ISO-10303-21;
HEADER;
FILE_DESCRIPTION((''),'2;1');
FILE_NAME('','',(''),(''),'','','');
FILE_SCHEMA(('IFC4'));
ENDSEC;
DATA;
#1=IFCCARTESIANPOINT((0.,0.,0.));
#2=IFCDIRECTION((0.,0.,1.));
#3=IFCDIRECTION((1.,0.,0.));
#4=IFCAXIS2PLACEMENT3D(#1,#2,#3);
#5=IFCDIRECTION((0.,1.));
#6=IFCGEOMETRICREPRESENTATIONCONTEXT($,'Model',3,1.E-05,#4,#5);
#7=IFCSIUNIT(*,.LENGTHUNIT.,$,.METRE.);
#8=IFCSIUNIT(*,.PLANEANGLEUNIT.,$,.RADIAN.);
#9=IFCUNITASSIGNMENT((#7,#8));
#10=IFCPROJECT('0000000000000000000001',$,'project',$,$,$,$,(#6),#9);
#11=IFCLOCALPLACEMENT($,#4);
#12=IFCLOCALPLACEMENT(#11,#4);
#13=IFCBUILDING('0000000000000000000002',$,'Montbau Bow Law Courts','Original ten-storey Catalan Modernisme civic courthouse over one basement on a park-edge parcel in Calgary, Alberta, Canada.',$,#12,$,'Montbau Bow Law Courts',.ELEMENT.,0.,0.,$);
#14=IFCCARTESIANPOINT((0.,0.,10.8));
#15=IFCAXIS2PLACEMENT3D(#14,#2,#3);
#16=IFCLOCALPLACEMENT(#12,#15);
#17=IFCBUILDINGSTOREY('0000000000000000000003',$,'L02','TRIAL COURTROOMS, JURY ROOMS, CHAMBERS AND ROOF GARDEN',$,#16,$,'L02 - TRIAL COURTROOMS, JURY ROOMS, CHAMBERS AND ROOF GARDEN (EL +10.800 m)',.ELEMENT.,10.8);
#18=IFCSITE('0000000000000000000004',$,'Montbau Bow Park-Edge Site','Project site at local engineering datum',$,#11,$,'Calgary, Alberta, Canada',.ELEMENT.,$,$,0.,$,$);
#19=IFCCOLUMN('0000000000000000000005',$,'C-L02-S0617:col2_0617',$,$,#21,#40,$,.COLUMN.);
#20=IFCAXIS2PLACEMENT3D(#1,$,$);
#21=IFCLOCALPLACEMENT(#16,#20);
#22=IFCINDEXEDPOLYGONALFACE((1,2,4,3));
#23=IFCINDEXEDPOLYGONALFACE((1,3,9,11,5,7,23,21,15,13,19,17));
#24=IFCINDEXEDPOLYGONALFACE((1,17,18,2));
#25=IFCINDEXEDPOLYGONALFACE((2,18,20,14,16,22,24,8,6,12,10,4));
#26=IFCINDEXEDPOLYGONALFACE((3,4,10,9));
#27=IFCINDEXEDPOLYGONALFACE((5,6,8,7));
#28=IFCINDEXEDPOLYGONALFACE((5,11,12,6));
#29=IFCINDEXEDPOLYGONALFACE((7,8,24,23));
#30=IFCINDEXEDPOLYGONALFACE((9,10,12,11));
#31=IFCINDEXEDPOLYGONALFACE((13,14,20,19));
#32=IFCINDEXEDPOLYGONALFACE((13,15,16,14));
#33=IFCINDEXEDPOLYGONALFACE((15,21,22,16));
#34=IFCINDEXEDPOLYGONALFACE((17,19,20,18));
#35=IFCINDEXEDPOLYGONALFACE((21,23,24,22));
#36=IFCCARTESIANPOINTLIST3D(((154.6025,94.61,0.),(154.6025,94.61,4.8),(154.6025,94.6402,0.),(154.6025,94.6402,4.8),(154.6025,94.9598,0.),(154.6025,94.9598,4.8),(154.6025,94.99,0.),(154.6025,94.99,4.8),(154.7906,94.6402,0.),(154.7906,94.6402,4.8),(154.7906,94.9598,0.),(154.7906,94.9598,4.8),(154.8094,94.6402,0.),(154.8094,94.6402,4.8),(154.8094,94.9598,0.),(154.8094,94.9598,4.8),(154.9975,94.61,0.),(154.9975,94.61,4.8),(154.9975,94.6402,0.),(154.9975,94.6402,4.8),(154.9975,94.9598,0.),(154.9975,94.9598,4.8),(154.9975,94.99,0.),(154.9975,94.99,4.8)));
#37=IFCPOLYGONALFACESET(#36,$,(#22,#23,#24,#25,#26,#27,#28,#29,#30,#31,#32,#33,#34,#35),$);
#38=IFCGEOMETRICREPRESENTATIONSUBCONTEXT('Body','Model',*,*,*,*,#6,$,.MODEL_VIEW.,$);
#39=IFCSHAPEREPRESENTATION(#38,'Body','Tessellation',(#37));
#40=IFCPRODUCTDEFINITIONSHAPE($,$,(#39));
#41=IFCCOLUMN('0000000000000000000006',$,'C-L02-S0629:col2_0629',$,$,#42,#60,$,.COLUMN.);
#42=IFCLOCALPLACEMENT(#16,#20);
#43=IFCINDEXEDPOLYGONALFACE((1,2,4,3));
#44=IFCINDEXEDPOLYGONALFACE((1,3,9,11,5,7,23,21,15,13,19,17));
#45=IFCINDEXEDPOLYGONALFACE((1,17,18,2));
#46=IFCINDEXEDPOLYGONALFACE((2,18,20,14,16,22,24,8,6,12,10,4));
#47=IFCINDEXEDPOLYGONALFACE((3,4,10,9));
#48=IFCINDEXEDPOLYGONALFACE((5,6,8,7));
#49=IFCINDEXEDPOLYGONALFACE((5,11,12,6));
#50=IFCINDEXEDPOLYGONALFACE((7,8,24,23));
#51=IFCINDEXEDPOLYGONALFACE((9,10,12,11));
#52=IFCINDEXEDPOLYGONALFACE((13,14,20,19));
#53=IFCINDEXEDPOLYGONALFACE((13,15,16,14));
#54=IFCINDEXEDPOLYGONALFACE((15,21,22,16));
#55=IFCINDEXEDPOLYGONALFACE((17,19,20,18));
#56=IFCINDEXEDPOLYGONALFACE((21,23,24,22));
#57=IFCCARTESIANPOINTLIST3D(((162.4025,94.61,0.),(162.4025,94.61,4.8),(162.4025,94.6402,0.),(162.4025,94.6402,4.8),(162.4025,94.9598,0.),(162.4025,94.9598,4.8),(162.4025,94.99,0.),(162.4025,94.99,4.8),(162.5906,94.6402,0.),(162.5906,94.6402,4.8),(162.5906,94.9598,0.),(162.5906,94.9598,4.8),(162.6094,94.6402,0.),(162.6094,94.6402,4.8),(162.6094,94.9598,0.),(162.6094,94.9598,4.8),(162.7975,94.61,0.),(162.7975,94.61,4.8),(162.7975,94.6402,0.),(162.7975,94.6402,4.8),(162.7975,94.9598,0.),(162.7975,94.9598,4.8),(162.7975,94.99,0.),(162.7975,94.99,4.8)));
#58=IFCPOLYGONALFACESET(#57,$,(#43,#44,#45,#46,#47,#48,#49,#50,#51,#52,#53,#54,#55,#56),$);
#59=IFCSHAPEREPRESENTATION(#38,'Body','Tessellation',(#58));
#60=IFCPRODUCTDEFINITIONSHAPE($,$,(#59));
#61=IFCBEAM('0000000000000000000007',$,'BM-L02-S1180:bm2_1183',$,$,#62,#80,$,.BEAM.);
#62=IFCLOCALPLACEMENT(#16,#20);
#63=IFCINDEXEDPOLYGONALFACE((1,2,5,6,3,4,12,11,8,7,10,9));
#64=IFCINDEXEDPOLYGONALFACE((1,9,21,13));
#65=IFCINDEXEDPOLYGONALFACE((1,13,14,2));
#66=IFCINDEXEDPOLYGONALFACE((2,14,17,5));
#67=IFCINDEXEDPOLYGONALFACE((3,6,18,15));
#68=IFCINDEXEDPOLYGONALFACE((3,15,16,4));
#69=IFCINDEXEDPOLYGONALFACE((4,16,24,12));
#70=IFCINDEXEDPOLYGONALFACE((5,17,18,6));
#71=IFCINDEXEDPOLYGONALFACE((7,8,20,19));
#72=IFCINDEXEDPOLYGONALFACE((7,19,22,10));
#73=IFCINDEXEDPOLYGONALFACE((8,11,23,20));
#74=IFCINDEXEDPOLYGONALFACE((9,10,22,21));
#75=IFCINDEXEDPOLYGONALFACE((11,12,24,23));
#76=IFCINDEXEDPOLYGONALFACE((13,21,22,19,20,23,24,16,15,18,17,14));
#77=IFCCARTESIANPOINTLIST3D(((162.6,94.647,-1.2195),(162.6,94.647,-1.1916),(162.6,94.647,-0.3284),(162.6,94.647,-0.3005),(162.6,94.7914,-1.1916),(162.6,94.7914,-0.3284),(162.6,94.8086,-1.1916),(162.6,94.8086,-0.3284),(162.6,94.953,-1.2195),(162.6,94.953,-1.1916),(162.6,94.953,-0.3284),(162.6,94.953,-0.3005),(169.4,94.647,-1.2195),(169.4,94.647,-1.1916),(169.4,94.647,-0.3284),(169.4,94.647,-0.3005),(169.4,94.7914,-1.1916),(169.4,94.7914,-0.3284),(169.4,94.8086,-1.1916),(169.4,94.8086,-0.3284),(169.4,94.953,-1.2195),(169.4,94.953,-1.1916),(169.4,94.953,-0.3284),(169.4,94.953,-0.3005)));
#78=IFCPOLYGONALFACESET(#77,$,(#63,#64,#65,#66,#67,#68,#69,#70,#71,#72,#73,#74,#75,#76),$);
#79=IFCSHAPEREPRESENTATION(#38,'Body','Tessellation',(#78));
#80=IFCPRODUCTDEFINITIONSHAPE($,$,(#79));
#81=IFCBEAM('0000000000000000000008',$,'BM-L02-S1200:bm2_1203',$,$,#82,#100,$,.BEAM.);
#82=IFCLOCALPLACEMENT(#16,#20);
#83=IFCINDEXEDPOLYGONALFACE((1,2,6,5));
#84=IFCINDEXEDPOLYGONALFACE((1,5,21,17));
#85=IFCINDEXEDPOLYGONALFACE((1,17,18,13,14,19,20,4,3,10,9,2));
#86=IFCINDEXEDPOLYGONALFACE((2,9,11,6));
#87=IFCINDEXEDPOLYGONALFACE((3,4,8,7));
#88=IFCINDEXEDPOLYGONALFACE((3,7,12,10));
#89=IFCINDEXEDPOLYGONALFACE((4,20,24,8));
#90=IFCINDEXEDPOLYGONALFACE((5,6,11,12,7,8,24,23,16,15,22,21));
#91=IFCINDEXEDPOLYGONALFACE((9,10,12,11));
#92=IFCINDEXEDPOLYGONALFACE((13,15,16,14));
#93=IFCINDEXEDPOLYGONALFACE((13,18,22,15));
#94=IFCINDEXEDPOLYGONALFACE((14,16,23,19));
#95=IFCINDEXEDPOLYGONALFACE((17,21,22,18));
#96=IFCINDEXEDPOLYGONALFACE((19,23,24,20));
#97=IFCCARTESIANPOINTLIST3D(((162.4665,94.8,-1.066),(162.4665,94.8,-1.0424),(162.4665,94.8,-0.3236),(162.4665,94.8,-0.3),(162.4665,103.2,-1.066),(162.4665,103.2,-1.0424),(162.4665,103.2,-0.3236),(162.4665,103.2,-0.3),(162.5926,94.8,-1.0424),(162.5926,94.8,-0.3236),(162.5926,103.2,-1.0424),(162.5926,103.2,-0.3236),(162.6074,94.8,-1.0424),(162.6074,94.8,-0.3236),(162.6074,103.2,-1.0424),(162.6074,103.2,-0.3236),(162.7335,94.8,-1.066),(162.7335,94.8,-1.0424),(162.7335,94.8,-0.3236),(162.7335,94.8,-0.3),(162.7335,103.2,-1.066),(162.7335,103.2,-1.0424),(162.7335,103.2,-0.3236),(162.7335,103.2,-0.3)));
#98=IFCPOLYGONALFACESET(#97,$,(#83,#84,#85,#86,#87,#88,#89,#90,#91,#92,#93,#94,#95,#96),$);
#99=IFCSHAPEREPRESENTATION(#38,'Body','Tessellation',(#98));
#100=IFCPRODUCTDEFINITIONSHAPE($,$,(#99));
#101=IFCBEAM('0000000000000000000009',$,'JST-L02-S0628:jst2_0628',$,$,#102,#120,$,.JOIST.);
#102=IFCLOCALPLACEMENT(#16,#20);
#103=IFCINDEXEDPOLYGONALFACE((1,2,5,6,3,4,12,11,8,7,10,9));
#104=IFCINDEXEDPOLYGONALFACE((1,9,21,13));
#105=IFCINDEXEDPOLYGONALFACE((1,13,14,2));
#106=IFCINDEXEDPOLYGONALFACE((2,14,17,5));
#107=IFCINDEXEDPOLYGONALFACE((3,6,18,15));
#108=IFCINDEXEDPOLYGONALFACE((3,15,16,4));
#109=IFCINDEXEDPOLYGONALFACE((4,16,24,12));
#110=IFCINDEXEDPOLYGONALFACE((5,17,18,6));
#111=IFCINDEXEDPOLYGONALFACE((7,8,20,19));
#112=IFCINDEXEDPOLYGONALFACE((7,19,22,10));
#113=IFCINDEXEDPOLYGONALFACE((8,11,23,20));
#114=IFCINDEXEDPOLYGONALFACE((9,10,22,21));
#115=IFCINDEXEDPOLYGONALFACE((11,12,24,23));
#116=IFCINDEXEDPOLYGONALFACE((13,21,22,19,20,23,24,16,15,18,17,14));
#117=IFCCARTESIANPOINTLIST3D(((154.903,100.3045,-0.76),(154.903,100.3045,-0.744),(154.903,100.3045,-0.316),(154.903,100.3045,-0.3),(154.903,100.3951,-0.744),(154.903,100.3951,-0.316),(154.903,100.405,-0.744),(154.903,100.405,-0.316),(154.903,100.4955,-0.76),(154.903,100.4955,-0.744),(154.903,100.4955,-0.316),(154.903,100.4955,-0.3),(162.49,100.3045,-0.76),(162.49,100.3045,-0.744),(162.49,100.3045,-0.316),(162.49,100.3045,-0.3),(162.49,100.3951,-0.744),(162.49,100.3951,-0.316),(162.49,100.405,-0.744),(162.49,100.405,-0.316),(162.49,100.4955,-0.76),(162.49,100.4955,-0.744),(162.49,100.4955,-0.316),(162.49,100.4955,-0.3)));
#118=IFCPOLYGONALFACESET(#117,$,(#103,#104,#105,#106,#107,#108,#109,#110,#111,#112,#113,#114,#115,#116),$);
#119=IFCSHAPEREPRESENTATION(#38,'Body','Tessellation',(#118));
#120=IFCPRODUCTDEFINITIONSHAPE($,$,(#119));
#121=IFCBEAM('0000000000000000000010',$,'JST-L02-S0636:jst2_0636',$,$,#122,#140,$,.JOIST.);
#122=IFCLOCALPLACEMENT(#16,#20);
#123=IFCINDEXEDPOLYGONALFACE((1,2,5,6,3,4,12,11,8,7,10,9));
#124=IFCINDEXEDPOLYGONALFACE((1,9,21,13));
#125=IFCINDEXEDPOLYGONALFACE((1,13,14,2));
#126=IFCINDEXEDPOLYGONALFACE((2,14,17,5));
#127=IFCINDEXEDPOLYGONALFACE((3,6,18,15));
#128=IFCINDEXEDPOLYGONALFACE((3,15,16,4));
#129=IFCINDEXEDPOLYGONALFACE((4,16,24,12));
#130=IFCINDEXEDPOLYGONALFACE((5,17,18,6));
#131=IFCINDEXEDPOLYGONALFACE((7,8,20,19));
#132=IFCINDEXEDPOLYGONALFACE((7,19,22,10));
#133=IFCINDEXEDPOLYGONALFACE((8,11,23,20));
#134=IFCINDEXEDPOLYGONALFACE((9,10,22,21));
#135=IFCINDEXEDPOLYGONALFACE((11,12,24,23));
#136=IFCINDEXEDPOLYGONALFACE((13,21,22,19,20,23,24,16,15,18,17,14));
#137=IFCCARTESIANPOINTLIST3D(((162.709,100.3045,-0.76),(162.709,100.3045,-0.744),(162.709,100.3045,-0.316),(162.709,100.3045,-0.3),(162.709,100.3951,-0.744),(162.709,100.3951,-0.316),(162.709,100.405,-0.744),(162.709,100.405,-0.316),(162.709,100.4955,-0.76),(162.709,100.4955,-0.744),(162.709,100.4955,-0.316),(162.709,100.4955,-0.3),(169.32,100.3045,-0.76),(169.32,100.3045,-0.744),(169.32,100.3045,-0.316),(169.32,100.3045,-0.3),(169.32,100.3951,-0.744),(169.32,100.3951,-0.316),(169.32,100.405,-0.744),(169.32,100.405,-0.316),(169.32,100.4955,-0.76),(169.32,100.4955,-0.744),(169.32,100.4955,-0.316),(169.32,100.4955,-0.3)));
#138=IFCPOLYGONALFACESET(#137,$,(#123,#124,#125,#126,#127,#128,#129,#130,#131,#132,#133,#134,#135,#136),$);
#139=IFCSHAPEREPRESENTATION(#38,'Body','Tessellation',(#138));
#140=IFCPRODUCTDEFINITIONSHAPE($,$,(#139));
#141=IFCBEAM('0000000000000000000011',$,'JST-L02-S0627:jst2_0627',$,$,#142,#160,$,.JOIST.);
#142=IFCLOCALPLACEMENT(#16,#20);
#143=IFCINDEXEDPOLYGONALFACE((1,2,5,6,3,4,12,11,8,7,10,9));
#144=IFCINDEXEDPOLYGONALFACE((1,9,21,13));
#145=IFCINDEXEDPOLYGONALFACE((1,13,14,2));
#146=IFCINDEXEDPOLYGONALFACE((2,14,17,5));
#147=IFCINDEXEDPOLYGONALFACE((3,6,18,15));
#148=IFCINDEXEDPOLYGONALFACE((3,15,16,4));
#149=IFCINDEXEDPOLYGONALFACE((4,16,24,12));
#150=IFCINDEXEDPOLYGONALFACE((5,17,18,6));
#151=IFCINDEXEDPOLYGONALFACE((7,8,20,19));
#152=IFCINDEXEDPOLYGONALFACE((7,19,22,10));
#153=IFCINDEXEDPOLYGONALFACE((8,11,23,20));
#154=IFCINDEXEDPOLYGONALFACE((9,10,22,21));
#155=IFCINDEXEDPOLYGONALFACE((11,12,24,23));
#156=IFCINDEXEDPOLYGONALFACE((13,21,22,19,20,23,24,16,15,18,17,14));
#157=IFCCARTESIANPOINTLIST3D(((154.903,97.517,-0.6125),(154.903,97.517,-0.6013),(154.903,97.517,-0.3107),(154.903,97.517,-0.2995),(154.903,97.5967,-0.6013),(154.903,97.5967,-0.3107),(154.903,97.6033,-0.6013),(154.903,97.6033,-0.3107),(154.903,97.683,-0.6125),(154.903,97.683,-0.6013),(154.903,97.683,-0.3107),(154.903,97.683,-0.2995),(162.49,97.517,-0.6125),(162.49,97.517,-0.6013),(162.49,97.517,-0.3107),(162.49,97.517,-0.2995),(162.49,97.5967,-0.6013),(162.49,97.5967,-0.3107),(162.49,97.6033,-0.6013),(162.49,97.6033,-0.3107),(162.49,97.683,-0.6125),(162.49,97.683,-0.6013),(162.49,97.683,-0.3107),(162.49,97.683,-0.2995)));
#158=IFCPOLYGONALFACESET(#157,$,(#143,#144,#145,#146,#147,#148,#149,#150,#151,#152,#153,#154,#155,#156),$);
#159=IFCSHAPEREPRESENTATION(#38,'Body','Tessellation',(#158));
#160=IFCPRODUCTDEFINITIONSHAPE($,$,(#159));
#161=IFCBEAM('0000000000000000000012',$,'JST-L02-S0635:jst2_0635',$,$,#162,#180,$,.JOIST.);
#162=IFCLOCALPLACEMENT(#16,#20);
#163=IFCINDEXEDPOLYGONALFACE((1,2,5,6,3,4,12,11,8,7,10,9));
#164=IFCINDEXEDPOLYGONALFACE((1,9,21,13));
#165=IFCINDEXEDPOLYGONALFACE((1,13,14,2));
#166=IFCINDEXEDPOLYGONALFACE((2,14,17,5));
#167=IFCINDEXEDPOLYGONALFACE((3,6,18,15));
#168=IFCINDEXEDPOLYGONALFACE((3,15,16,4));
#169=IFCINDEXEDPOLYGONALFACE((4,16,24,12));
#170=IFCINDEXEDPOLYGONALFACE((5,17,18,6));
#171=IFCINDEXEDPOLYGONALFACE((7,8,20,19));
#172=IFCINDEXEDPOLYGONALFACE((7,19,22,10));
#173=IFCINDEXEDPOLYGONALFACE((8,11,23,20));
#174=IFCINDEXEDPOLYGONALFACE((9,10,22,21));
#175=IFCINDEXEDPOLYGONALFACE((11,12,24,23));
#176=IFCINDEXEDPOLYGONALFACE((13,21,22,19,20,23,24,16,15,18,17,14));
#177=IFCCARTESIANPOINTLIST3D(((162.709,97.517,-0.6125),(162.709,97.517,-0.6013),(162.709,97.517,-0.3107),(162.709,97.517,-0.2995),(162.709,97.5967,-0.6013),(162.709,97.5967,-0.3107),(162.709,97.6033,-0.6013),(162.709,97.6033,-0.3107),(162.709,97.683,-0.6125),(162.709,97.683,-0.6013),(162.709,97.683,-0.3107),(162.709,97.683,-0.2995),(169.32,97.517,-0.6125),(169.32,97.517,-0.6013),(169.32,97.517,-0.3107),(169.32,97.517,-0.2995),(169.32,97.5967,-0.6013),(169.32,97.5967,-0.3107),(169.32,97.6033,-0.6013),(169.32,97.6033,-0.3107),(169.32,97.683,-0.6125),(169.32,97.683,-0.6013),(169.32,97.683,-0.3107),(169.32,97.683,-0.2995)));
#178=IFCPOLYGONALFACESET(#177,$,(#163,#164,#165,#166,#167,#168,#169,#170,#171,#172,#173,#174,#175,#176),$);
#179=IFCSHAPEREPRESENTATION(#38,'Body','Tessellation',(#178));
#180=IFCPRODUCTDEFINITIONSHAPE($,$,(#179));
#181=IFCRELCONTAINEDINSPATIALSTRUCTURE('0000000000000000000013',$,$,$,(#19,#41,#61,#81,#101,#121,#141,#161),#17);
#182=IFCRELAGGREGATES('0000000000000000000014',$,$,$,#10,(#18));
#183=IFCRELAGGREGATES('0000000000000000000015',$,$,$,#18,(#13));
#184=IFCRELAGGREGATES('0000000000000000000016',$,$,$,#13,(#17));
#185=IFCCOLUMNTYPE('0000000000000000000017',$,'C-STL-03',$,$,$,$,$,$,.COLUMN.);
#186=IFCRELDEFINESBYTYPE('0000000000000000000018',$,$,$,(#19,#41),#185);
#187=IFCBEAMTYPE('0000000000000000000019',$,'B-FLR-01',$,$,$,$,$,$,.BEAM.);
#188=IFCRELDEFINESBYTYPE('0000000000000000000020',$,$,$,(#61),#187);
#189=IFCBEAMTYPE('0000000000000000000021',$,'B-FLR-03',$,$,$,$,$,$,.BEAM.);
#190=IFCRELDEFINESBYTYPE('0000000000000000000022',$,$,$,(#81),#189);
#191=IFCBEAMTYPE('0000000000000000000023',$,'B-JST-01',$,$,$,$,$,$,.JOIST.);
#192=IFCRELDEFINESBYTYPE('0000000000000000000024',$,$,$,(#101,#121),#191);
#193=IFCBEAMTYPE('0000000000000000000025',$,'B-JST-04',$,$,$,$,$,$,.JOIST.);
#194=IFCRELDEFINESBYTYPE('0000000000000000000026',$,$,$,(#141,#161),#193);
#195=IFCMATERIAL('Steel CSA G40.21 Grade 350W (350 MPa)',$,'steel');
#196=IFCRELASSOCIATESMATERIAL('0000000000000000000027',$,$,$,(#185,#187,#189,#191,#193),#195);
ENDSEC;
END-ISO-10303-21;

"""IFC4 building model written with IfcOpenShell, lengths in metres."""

from ifc_helpers import new_model, si_unit, direction, frame, origin_with_axes, origin_2d_with_axis, place, context, subcontext, project, spatial, i_section, extrude, material, material_profile, profile_set, type_object, element, save


model = new_model("IFC4")

# Units and contexts
model_context = context("Model", 3, precision=1e-05, world=origin_with_axes(), true_north=direction((0.0, 1.0)))
body_context = subcontext(model_context, "Body", "Model", "MODEL_VIEW")
ifc_project = project(units=[si_unit("LENGTHUNIT", "METRE"), si_unit("PLANEANGLEUNIT", "RADIAN")], contexts=[model_context])

# Site, building, storey
site_placement = place(None, origin_with_axes())
site = spatial("IfcSite", under=ifc_project, at=site_placement, Name="Montbau Bow Park-Edge Site", Description="Project site at local engineering datum", LongName="Calgary, Alberta, Canada", CompositionType="ELEMENT", RefElevation=0.0)
building_placement = place(site_placement, origin_with_axes())
building = spatial("IfcBuilding", under=site, at=building_placement, Name="Montbau Bow Law Courts", Description="Original ten-storey Catalan Modernisme civic courthouse over one basement on a park-edge parcel in Calgary, Alberta, Canada.", LongName="Montbau Bow Law Courts", CompositionType="ELEMENT", ElevationOfRefHeight=0.0, ElevationOfTerrain=0.0)
storey_placement = place(building_placement, frame((0.0, 0.0, 10.8), z_axis=(0.0, 0.0, 1.0), x_axis=(1.0, 0.0, 0.0)))
storey = spatial("IfcBuildingStorey", under=building, at=storey_placement, Name="L02", Description="TRIAL COURTROOMS, JURY ROOMS, CHAMBERS AND ROOF GARDEN", LongName="L02 - TRIAL COURTROOMS, JURY ROOMS, CHAMBERS AND ROOF GARDEN (EL +10.800 m)", CompositionType="ELEMENT", Elevation=10.8)

# Columns
ifc_material_1 = material(Name="Steel CSA G40.21 Grade 350W (350 MPa)", Category="steel")
ifc_material_profile_1 = material_profile(ifc_material_1, i_section(OverallWidth=0.395, OverallDepth=0.38, WebThickness=0.0189, FlangeThickness=0.0302, at=origin_2d_with_axis()), Name="W360X237", Category="Main", Priority=0)
ifc_profile_set_1 = profile_set([ifc_material_profile_1], Name="Steel CSA G40.21 Grade 350W (350 MPa)")
column_type = type_object("IfcColumnType", Name="C-STL-03", PredefinedType="COLUMN", material=ifc_profile_set_1)
for number, where, z_axis, x_axis, name in (
    (1, (154.8, 94.8, 10.8), (0.0, 0.0, 1.0), (1.0, 0.0, 0.0), "C-L02-S0617:col2_0617"),
    (2, (162.6, 94.8, 10.8), (0.0, 0.0, 1.0), (1.0, 0.0, 0.0), "C-L02-S0629:col2_0629"),
):
    element("IfcColumn", number, at=place(None, frame(where, z_axis=z_axis, x_axis=x_axis)), inside=storey, type_object=column_type, Name=name, PredefinedType="COLUMN", context=body_context, shape_type="SweptSolid", body=[
        extrude(i_section(OverallWidth=0.395, OverallDepth=0.38, WebThickness=0.0189, FlangeThickness=0.0302, at=origin_2d_with_axis()), origin_with_axes(), (0.0, 0.0, 1.0), 4.8),
    ])

# Beams
ifc_material_profile_2 = material_profile(ifc_material_1, i_section(OverallWidth=0.306, OverallDepth=0.919, WebThickness=0.0173, FlangeThickness=0.0279, at=origin_2d_with_axis()), Name="W920X253", Category="Main", Priority=0)
ifc_profile_set_2 = profile_set([ifc_material_profile_2], Name="Steel CSA G40.21 Grade 350W (350 MPa)")
beam_type_1 = type_object("IfcBeamType", Name="B-FLR-01", PredefinedType="BEAM", material=ifc_profile_set_2)
beam_1_placement = place(None, frame((162.6, 94.8, 10.04), z_axis=(1.0, 0.0, 0.0), x_axis=(0.0, 1.0, 0.0)))
element("IfcBeam", 3, at=beam_1_placement, inside=storey, type_object=beam_type_1, Name="BM-L02-S1180:bm2_1183", PredefinedType="BEAM", context=body_context, shape_type="SweptSolid", body=[
    extrude(i_section(OverallWidth=0.306, OverallDepth=0.919, WebThickness=0.0173, FlangeThickness=0.0279, at=origin_2d_with_axis()), origin_with_axes(), (0.0, 0.0, 1.0), 6.8),
])
ifc_material_profile_3 = material_profile(ifc_material_1, i_section(OverallWidth=0.267, OverallDepth=0.766, WebThickness=0.0149, FlangeThickness=0.0236, at=origin_2d_with_axis()), Name="W760X185", Category="Main", Priority=0)
ifc_profile_set_3 = profile_set([ifc_material_profile_3], Name="Steel CSA G40.21 Grade 350W (350 MPa)")
beam_type_2 = type_object("IfcBeamType", Name="B-FLR-03", PredefinedType="BEAM", material=ifc_profile_set_3)
beam_2_placement = place(None, frame((162.6, 94.8, 10.117), z_axis=(0.0, 1.0, 0.0), x_axis=(-1.0, 0.0, 0.0)))
element("IfcBeam", 4, at=beam_2_placement, inside=storey, type_object=beam_type_2, Name="BM-L02-S1200:bm2_1203", PredefinedType="BEAM", context=body_context, shape_type="SweptSolid", body=[
    extrude(i_section(OverallWidth=0.267, OverallDepth=0.766, WebThickness=0.0149, FlangeThickness=0.0236, at=origin_2d_with_axis()), origin_with_axes(), (0.0, 0.0, 1.0), 8.4),
])
ifc_material_profile_4 = material_profile(ifc_material_1, i_section(OverallWidth=0.191, OverallDepth=0.46, WebThickness=0.0099, FlangeThickness=0.016, at=origin_2d_with_axis()), Name="W460X82", Category="Main", Priority=0)
ifc_profile_set_4 = profile_set([ifc_material_profile_4], Name="Steel CSA G40.21 Grade 350W (350 MPa)")
beam_type_3 = type_object("IfcBeamType", Name="B-JST-01", PredefinedType="JOIST", material=ifc_profile_set_4)
beam_3_placement = place(None, frame((154.903, 100.4, 10.27), z_axis=(1.0, 0.0, 0.0), x_axis=(0.0, 1.0, 0.0)))
element("IfcBeam", 5, at=beam_3_placement, inside=storey, type_object=beam_type_3, Name="JST-L02-S0628:jst2_0628", PredefinedType="JOIST", context=body_context, shape_type="SweptSolid", body=[
    extrude(i_section(OverallWidth=0.191, OverallDepth=0.46, WebThickness=0.0099, FlangeThickness=0.016, at=origin_2d_with_axis()), origin_with_axes(), (0.0, 0.0, 1.0), 7.587),
])
beam_4_placement = place(None, frame((162.709, 100.4, 10.27), z_axis=(1.0, 0.0, 0.0), x_axis=(0.0, 1.0, 0.0)))
element("IfcBeam", 6, at=beam_4_placement, inside=storey, type_object=beam_type_3, Name="JST-L02-S0636:jst2_0636", PredefinedType="JOIST", context=body_context, shape_type="SweptSolid", body=[
    extrude(i_section(OverallWidth=0.191, OverallDepth=0.46, WebThickness=0.0099, FlangeThickness=0.016, at=origin_2d_with_axis()), origin_with_axes(), (0.0, 0.0, 1.0), 6.611),
])
ifc_material_profile_5 = material_profile(ifc_material_1, i_section(OverallWidth=0.166, OverallDepth=0.313, WebThickness=0.0066, FlangeThickness=0.0112, at=origin_2d_with_axis()), Name="W310X45", Category="Main", Priority=0)
ifc_profile_set_5 = profile_set([ifc_material_profile_5], Name="Steel CSA G40.21 Grade 350W (350 MPa)")
beam_type_4 = type_object("IfcBeamType", Name="B-JST-04", PredefinedType="JOIST", material=ifc_profile_set_5)
beam_5_placement = place(None, frame((154.903, 97.6, 10.344), z_axis=(1.0, 0.0, 0.0), x_axis=(0.0, 1.0, 0.0)))
element("IfcBeam", 7, at=beam_5_placement, inside=storey, type_object=beam_type_4, Name="JST-L02-S0627:jst2_0627", PredefinedType="JOIST", context=body_context, shape_type="SweptSolid", body=[
    extrude(i_section(OverallWidth=0.166, OverallDepth=0.313, WebThickness=0.0066, FlangeThickness=0.0112, at=origin_2d_with_axis()), origin_with_axes(), (0.0, 0.0, 1.0), 7.587),
])
beam_6_placement = place(None, frame((162.709, 97.6, 10.344), z_axis=(1.0, 0.0, 0.0), x_axis=(0.0, 1.0, 0.0)))
element("IfcBeam", 8, at=beam_6_placement, inside=storey, type_object=beam_type_4, Name="JST-L02-S0635:jst2_0635", PredefinedType="JOIST", context=body_context, shape_type="SweptSolid", body=[
    extrude(i_section(OverallWidth=0.166, OverallDepth=0.313, WebThickness=0.0066, FlangeThickness=0.0112, at=origin_2d_with_axis()), origin_with_axes(), (0.0, 0.0, 1.0), 6.611),
])

save(model, "model.ifc")
